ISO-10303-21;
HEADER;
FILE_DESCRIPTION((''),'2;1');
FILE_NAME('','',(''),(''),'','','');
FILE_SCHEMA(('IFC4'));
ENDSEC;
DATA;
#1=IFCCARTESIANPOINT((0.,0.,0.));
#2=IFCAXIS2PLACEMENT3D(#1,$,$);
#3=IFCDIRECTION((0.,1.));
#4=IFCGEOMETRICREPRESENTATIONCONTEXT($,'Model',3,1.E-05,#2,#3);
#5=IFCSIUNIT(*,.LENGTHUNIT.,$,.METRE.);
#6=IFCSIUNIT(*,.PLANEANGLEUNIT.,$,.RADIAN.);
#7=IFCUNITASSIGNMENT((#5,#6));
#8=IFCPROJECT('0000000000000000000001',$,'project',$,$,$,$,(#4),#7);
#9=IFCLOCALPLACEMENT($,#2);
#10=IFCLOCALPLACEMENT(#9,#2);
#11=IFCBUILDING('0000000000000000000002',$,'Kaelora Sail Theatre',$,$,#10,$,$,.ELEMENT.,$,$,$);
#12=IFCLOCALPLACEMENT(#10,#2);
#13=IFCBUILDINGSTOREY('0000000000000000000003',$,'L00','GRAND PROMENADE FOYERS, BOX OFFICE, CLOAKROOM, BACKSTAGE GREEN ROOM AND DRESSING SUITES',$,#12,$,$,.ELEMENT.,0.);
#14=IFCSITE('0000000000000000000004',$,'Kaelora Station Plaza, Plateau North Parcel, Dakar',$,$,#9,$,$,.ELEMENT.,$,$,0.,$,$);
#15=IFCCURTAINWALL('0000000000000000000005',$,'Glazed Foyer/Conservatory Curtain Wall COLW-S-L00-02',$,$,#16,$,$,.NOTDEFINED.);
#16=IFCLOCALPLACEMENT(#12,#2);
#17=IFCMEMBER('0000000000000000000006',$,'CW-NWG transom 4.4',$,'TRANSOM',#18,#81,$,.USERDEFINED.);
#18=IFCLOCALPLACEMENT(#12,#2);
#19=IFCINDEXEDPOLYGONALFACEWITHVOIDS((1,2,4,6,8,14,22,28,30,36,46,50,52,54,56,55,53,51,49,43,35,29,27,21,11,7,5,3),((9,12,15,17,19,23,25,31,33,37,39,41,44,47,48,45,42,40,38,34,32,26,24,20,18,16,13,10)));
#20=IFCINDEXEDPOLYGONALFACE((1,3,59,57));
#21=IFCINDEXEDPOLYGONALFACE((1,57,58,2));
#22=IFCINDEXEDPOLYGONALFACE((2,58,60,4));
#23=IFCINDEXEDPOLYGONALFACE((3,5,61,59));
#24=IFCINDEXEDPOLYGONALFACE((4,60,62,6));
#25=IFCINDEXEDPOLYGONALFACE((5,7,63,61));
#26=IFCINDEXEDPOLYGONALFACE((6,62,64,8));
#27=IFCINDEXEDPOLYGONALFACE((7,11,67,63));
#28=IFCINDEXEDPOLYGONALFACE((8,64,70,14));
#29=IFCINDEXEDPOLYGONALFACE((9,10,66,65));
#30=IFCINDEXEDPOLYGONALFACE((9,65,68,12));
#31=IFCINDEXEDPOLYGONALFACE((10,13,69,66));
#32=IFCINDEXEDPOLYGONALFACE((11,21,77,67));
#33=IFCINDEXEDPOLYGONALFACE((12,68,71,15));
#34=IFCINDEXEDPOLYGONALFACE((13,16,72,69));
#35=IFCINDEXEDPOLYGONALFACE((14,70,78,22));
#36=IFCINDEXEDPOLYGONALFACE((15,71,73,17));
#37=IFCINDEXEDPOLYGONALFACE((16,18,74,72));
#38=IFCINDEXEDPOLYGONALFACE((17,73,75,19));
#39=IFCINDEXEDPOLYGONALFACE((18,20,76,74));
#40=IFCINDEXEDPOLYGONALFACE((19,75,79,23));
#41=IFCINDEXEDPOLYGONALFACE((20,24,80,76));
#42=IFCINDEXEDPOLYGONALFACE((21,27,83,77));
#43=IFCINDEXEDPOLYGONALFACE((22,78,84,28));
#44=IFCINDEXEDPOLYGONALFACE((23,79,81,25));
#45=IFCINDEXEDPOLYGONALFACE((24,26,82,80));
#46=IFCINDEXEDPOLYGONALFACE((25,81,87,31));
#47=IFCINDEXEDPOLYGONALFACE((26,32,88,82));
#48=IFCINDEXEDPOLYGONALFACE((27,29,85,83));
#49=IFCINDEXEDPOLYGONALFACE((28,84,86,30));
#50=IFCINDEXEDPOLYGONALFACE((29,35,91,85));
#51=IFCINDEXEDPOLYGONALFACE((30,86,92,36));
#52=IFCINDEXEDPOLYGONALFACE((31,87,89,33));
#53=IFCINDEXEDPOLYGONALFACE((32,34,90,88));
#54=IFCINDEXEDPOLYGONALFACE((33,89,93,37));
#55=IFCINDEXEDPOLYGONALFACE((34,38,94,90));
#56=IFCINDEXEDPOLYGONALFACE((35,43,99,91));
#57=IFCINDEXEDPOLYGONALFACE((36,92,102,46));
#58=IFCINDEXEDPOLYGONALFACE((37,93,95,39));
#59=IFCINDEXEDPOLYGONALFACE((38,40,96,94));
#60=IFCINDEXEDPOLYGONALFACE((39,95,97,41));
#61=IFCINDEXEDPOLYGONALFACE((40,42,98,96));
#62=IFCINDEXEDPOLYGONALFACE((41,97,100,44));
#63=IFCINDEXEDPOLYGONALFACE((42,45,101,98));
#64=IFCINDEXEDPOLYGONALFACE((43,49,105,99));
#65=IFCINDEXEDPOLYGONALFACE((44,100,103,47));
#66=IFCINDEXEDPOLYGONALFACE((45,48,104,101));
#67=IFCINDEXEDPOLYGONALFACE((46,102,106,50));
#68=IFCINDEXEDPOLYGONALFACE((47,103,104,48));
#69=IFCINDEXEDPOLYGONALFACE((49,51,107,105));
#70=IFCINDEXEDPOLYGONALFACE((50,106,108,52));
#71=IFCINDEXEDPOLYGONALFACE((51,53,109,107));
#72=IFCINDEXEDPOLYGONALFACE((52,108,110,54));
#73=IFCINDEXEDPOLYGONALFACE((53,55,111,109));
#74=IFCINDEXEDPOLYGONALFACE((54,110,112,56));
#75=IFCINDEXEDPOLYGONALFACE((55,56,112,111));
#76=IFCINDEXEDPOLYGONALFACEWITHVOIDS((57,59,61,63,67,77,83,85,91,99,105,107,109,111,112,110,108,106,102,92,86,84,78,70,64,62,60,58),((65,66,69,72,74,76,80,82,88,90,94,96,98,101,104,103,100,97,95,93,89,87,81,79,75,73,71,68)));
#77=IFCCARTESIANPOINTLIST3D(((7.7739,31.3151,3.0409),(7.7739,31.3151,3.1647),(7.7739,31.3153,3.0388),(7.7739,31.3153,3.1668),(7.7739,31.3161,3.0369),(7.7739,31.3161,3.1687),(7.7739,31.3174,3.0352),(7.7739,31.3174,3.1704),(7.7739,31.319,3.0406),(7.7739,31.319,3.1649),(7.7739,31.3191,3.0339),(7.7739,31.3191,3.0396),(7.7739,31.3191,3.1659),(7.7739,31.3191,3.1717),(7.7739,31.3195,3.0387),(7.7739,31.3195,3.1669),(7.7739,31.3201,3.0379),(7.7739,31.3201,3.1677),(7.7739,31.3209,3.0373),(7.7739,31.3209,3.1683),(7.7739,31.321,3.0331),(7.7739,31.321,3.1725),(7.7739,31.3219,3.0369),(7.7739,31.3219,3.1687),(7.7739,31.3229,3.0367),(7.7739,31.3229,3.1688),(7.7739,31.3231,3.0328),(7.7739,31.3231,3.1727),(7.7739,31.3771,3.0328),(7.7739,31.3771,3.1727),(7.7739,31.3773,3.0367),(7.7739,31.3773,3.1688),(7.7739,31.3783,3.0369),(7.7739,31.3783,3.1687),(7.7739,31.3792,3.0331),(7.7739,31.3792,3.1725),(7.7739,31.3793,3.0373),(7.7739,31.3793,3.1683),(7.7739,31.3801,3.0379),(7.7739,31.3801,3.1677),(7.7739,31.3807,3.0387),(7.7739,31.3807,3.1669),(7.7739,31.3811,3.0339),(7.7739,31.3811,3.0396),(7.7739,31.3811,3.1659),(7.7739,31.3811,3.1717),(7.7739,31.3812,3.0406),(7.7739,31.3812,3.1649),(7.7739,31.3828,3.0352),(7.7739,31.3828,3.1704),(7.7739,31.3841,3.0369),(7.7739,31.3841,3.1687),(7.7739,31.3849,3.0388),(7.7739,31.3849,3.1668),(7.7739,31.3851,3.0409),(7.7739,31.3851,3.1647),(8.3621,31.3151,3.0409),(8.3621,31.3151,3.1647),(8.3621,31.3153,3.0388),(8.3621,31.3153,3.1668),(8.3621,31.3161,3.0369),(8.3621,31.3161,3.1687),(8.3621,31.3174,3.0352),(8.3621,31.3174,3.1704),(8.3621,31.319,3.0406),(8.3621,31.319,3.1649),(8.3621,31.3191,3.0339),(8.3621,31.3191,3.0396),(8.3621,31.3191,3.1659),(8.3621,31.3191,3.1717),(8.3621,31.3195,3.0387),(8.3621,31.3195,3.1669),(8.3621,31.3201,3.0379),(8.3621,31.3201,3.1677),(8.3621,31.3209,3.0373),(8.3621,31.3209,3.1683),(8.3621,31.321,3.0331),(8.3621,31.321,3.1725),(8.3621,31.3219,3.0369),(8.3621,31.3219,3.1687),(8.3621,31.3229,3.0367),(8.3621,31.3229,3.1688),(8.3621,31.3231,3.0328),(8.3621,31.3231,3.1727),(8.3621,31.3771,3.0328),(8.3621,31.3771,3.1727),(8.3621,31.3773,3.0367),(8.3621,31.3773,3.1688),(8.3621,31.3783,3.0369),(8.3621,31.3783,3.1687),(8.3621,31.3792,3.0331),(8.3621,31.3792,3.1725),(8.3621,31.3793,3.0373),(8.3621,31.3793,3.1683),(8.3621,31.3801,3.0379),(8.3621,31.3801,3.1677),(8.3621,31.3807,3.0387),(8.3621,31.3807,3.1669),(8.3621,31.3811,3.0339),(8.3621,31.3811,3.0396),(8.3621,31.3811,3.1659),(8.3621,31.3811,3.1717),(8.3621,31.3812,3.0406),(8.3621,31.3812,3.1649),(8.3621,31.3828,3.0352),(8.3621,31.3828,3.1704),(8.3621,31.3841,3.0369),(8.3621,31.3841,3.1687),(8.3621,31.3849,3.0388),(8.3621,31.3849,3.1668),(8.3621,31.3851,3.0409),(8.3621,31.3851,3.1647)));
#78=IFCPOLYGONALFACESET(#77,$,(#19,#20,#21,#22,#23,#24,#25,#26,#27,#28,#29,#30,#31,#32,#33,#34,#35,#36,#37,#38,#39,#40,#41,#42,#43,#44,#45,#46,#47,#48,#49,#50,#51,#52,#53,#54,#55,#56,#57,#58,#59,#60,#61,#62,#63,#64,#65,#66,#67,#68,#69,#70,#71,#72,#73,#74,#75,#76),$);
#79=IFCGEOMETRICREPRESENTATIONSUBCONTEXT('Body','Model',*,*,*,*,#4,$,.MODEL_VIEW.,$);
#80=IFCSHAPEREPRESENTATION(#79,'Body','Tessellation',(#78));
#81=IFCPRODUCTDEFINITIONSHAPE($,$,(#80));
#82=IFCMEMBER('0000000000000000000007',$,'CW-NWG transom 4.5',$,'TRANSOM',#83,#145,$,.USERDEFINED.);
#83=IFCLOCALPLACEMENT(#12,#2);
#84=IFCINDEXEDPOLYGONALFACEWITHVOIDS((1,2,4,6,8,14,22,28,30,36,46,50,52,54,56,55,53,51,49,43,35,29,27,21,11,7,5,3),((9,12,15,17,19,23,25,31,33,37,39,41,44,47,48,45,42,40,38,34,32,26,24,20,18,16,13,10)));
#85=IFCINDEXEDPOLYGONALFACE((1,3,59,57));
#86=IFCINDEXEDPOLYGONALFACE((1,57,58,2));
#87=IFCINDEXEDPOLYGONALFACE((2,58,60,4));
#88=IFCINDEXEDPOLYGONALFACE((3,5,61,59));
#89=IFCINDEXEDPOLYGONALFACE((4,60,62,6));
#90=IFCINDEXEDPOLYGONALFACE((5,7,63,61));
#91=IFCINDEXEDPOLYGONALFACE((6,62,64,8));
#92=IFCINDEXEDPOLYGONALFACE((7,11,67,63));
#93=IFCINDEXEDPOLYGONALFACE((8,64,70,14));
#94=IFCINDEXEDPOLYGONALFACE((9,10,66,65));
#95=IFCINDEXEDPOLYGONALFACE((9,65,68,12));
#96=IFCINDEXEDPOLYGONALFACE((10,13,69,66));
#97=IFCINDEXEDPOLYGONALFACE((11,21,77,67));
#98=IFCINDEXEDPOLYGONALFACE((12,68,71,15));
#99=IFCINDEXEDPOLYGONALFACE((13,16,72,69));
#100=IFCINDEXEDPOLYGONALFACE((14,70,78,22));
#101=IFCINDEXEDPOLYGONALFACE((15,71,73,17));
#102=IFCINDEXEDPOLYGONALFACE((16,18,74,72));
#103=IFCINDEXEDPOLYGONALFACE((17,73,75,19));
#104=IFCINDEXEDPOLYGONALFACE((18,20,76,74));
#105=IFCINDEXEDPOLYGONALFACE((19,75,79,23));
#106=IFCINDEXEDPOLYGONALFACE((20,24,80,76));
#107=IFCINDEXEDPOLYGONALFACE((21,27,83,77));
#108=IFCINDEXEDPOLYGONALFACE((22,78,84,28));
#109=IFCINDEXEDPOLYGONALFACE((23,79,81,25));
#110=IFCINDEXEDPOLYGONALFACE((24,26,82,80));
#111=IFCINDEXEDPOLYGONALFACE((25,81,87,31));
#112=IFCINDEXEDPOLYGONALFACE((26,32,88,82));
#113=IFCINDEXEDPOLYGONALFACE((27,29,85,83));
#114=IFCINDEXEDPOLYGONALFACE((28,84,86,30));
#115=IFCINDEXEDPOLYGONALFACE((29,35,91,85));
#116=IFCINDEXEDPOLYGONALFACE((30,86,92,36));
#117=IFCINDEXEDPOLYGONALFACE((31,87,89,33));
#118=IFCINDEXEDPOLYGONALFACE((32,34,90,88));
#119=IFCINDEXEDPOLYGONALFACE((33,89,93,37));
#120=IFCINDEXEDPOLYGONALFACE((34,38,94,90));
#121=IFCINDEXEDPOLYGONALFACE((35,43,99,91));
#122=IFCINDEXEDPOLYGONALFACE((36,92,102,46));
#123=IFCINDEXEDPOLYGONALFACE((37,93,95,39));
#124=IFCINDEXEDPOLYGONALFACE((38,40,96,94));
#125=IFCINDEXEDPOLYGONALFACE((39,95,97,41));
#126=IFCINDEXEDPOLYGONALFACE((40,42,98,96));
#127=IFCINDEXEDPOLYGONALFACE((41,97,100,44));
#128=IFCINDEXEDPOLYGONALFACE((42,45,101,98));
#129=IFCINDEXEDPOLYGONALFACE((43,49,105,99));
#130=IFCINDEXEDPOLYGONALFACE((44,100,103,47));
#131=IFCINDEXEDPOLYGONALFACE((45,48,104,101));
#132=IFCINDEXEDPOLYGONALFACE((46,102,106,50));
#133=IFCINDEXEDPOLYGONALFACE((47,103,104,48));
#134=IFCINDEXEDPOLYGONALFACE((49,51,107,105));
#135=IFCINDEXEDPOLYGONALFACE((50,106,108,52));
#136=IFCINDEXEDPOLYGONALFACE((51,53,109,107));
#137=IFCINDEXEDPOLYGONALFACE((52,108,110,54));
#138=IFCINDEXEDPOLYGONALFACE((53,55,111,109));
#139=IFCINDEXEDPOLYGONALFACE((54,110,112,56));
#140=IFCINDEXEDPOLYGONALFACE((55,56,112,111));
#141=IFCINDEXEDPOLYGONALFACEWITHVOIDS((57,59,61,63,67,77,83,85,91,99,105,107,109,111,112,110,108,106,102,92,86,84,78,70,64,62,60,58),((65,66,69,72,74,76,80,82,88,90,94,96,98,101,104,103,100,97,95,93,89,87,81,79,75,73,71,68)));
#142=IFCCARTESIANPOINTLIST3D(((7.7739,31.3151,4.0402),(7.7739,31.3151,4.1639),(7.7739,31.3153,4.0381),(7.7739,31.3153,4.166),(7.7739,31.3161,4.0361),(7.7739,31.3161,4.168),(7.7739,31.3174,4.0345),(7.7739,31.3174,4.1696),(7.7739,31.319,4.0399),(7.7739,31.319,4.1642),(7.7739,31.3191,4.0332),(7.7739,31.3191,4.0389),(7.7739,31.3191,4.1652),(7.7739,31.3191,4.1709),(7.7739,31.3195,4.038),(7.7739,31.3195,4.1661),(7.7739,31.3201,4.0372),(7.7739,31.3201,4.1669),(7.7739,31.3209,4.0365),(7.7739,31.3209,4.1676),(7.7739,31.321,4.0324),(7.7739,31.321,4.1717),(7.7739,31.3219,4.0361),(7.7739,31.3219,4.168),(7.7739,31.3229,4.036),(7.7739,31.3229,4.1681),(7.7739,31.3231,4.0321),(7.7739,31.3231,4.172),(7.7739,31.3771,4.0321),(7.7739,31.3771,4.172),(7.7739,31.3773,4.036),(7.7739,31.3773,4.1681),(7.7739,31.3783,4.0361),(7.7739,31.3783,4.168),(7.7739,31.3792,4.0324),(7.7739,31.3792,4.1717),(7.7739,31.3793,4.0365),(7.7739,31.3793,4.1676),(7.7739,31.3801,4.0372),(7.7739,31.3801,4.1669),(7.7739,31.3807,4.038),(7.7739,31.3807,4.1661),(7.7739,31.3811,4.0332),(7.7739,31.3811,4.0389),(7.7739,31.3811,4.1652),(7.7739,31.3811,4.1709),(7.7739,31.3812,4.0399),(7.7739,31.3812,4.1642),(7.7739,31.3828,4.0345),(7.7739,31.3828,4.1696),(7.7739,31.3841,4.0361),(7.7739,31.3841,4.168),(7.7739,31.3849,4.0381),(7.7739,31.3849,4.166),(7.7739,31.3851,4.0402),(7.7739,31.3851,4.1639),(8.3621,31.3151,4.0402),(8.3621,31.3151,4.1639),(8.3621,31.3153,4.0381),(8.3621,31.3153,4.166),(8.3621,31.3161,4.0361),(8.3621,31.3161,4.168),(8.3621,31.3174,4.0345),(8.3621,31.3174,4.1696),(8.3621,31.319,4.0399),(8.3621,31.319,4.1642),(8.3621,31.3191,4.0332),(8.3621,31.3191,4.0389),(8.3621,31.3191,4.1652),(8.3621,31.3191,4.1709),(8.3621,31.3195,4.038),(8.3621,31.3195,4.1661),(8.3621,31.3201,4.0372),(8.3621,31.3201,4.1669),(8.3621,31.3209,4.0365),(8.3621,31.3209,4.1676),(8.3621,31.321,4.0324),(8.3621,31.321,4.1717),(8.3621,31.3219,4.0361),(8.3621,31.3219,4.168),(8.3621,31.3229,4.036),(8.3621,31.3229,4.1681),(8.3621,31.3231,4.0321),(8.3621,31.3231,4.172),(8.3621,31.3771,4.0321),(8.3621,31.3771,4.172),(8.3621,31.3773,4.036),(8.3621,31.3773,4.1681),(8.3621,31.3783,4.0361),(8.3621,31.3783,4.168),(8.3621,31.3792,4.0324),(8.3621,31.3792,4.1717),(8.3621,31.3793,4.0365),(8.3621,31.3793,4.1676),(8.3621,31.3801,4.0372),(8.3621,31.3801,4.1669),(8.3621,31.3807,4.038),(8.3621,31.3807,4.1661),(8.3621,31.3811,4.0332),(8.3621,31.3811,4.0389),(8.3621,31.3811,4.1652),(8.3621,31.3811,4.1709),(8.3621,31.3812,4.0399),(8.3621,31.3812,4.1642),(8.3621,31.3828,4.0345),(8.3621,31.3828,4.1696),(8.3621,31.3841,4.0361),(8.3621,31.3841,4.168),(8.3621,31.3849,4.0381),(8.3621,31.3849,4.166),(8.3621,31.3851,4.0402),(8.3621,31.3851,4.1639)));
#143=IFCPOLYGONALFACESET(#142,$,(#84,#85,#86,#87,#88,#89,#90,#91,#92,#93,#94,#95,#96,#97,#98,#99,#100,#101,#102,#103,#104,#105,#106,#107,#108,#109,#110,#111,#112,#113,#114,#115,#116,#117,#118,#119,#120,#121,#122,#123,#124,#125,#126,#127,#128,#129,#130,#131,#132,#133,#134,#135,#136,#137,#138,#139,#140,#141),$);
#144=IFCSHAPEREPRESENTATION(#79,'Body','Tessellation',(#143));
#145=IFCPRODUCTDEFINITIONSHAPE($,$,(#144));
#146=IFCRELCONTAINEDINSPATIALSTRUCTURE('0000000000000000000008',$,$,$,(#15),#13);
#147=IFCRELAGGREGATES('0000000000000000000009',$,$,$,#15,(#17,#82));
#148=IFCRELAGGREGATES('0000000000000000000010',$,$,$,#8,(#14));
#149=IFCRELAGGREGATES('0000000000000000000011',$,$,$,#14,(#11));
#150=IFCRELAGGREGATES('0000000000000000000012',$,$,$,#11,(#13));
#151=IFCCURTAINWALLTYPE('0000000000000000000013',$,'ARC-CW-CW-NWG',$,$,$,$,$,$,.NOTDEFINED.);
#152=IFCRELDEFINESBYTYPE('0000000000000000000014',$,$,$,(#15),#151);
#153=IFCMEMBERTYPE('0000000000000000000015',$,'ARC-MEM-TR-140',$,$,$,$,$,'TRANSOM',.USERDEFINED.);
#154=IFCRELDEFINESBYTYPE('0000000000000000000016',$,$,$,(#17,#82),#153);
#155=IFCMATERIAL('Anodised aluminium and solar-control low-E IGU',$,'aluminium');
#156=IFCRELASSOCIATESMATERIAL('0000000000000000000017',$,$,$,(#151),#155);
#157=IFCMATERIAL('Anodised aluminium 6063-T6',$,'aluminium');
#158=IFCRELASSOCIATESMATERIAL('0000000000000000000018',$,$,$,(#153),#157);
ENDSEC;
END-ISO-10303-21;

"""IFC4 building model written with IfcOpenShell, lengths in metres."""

from ifc_helpers import new_model, si_unit, direction, frame, origin, origin_2d, place, context, subcontext, project, spatial, hollow_rectangle, extrude, material, material_profile, profile_set, type_object, element, aggregate, save


model = new_model("IFC4")

# Units and contexts
model_context = context("Model", 3, precision=1e-05, world=origin(), true_north=direction((0.0, 1.0)))
body_context = subcontext(model_context, "Body", "Model", "MODEL_VIEW")
ifc_project = project(units=[si_unit("LENGTHUNIT", "METRE"), si_unit("PLANEANGLEUNIT", "RADIAN")], contexts=[model_context])

# Site, building, storey
site_placement = place(None, origin())
site = spatial("IfcSite", under=ifc_project, at=site_placement, Name="Kaelora Station Plaza, Plateau North Parcel, Dakar", CompositionType="ELEMENT", RefElevation=0.0)
building_placement = place(site_placement, origin())
building = spatial("IfcBuilding", under=site, at=building_placement, Name="Kaelora Sail Theatre", CompositionType="ELEMENT")
storey_placement = place(building_placement, origin())
storey = spatial("IfcBuildingStorey", under=building, at=storey_placement, Name="L00", Description="GRAND PROMENADE FOYERS, BOX OFFICE, CLOAKROOM, BACKSTAGE GREEN ROOM AND DRESSING SUITES", CompositionType="ELEMENT", Elevation=0.0)

# Curtain wall, members
ifc_material_1 = material(Name="Anodised aluminium and solar-control low-E IGU", Category="aluminium")
curtain_wall_type = type_object("IfcCurtainWallType", Name="ARC-CW-CW-NWG", PredefinedType="NOTDEFINED", material=ifc_material_1)
curtain_wall_1_placement = place(storey_placement, origin())
curtain_wall_1 = element("IfcCurtainWall", 1, at=curtain_wall_1_placement, inside=storey, type_object=curtain_wall_type, Name="Glazed Foyer/Conservatory Curtain Wall COLW-S-L00-02", PredefinedType="NOTDEFINED")
ifc_material_2 = material(Name="Anodised aluminium 6063-T6", Category="aluminium")
ifc_material_profile = material_profile(ifc_material_2, hollow_rectangle(XDim=0.0701, YDim=0.1399, WallThickness=0.0039, InnerFilletRadius=0.0039, OuterFilletRadius=0.0081, at=origin_2d()), Name="ALU-TRAN 70x140x4")
ifc_profile_set = profile_set([ifc_material_profile], Name="Anodised aluminium 6063-T6")
member_type = type_object("IfcMemberType", Name="ARC-MEM-TR-140", ElementType="TRANSOM", PredefinedType="USERDEFINED", material=ifc_profile_set)
member_1_placement = place(storey_placement, frame((7.7739, 31.3501, 3.1028), z_axis=(1.0, 0.0, 0.0), x_axis=(0.0, 1.0, 0.0)))
member_1 = element("IfcMember", 2, at=member_1_placement, type_object=member_type, Name="CW-NWG transom 4.4", ObjectType="TRANSOM", PredefinedType="USERDEFINED", context=body_context, shape_type="SweptSolid", body=[
    extrude(hollow_rectangle(XDim=0.0701, YDim=0.1399, WallThickness=0.0039, InnerFilletRadius=0.0039, OuterFilletRadius=0.0081, at=origin_2d()), origin(), (0.0, 0.0, 1.0), 0.5881),
])
member_2_placement = place(storey_placement, frame((7.7739, 31.3501, 4.1021), z_axis=(1.0, 0.0, 0.0), x_axis=(0.0, 1.0, 0.0)))
member_2 = element("IfcMember", 3, at=member_2_placement, type_object=member_type, Name="CW-NWG transom 4.5", ObjectType="TRANSOM", PredefinedType="USERDEFINED", context=body_context, shape_type="SweptSolid", body=[
    extrude(hollow_rectangle(XDim=0.0701, YDim=0.1399, WallThickness=0.0039, InnerFilletRadius=0.0039, OuterFilletRadius=0.0081, at=origin_2d()), origin(), (0.0, 0.0, 1.0), 0.5881),
])

aggregate(curtain_wall_1, [member_1, member_2])

save(model, "model.ifc")
